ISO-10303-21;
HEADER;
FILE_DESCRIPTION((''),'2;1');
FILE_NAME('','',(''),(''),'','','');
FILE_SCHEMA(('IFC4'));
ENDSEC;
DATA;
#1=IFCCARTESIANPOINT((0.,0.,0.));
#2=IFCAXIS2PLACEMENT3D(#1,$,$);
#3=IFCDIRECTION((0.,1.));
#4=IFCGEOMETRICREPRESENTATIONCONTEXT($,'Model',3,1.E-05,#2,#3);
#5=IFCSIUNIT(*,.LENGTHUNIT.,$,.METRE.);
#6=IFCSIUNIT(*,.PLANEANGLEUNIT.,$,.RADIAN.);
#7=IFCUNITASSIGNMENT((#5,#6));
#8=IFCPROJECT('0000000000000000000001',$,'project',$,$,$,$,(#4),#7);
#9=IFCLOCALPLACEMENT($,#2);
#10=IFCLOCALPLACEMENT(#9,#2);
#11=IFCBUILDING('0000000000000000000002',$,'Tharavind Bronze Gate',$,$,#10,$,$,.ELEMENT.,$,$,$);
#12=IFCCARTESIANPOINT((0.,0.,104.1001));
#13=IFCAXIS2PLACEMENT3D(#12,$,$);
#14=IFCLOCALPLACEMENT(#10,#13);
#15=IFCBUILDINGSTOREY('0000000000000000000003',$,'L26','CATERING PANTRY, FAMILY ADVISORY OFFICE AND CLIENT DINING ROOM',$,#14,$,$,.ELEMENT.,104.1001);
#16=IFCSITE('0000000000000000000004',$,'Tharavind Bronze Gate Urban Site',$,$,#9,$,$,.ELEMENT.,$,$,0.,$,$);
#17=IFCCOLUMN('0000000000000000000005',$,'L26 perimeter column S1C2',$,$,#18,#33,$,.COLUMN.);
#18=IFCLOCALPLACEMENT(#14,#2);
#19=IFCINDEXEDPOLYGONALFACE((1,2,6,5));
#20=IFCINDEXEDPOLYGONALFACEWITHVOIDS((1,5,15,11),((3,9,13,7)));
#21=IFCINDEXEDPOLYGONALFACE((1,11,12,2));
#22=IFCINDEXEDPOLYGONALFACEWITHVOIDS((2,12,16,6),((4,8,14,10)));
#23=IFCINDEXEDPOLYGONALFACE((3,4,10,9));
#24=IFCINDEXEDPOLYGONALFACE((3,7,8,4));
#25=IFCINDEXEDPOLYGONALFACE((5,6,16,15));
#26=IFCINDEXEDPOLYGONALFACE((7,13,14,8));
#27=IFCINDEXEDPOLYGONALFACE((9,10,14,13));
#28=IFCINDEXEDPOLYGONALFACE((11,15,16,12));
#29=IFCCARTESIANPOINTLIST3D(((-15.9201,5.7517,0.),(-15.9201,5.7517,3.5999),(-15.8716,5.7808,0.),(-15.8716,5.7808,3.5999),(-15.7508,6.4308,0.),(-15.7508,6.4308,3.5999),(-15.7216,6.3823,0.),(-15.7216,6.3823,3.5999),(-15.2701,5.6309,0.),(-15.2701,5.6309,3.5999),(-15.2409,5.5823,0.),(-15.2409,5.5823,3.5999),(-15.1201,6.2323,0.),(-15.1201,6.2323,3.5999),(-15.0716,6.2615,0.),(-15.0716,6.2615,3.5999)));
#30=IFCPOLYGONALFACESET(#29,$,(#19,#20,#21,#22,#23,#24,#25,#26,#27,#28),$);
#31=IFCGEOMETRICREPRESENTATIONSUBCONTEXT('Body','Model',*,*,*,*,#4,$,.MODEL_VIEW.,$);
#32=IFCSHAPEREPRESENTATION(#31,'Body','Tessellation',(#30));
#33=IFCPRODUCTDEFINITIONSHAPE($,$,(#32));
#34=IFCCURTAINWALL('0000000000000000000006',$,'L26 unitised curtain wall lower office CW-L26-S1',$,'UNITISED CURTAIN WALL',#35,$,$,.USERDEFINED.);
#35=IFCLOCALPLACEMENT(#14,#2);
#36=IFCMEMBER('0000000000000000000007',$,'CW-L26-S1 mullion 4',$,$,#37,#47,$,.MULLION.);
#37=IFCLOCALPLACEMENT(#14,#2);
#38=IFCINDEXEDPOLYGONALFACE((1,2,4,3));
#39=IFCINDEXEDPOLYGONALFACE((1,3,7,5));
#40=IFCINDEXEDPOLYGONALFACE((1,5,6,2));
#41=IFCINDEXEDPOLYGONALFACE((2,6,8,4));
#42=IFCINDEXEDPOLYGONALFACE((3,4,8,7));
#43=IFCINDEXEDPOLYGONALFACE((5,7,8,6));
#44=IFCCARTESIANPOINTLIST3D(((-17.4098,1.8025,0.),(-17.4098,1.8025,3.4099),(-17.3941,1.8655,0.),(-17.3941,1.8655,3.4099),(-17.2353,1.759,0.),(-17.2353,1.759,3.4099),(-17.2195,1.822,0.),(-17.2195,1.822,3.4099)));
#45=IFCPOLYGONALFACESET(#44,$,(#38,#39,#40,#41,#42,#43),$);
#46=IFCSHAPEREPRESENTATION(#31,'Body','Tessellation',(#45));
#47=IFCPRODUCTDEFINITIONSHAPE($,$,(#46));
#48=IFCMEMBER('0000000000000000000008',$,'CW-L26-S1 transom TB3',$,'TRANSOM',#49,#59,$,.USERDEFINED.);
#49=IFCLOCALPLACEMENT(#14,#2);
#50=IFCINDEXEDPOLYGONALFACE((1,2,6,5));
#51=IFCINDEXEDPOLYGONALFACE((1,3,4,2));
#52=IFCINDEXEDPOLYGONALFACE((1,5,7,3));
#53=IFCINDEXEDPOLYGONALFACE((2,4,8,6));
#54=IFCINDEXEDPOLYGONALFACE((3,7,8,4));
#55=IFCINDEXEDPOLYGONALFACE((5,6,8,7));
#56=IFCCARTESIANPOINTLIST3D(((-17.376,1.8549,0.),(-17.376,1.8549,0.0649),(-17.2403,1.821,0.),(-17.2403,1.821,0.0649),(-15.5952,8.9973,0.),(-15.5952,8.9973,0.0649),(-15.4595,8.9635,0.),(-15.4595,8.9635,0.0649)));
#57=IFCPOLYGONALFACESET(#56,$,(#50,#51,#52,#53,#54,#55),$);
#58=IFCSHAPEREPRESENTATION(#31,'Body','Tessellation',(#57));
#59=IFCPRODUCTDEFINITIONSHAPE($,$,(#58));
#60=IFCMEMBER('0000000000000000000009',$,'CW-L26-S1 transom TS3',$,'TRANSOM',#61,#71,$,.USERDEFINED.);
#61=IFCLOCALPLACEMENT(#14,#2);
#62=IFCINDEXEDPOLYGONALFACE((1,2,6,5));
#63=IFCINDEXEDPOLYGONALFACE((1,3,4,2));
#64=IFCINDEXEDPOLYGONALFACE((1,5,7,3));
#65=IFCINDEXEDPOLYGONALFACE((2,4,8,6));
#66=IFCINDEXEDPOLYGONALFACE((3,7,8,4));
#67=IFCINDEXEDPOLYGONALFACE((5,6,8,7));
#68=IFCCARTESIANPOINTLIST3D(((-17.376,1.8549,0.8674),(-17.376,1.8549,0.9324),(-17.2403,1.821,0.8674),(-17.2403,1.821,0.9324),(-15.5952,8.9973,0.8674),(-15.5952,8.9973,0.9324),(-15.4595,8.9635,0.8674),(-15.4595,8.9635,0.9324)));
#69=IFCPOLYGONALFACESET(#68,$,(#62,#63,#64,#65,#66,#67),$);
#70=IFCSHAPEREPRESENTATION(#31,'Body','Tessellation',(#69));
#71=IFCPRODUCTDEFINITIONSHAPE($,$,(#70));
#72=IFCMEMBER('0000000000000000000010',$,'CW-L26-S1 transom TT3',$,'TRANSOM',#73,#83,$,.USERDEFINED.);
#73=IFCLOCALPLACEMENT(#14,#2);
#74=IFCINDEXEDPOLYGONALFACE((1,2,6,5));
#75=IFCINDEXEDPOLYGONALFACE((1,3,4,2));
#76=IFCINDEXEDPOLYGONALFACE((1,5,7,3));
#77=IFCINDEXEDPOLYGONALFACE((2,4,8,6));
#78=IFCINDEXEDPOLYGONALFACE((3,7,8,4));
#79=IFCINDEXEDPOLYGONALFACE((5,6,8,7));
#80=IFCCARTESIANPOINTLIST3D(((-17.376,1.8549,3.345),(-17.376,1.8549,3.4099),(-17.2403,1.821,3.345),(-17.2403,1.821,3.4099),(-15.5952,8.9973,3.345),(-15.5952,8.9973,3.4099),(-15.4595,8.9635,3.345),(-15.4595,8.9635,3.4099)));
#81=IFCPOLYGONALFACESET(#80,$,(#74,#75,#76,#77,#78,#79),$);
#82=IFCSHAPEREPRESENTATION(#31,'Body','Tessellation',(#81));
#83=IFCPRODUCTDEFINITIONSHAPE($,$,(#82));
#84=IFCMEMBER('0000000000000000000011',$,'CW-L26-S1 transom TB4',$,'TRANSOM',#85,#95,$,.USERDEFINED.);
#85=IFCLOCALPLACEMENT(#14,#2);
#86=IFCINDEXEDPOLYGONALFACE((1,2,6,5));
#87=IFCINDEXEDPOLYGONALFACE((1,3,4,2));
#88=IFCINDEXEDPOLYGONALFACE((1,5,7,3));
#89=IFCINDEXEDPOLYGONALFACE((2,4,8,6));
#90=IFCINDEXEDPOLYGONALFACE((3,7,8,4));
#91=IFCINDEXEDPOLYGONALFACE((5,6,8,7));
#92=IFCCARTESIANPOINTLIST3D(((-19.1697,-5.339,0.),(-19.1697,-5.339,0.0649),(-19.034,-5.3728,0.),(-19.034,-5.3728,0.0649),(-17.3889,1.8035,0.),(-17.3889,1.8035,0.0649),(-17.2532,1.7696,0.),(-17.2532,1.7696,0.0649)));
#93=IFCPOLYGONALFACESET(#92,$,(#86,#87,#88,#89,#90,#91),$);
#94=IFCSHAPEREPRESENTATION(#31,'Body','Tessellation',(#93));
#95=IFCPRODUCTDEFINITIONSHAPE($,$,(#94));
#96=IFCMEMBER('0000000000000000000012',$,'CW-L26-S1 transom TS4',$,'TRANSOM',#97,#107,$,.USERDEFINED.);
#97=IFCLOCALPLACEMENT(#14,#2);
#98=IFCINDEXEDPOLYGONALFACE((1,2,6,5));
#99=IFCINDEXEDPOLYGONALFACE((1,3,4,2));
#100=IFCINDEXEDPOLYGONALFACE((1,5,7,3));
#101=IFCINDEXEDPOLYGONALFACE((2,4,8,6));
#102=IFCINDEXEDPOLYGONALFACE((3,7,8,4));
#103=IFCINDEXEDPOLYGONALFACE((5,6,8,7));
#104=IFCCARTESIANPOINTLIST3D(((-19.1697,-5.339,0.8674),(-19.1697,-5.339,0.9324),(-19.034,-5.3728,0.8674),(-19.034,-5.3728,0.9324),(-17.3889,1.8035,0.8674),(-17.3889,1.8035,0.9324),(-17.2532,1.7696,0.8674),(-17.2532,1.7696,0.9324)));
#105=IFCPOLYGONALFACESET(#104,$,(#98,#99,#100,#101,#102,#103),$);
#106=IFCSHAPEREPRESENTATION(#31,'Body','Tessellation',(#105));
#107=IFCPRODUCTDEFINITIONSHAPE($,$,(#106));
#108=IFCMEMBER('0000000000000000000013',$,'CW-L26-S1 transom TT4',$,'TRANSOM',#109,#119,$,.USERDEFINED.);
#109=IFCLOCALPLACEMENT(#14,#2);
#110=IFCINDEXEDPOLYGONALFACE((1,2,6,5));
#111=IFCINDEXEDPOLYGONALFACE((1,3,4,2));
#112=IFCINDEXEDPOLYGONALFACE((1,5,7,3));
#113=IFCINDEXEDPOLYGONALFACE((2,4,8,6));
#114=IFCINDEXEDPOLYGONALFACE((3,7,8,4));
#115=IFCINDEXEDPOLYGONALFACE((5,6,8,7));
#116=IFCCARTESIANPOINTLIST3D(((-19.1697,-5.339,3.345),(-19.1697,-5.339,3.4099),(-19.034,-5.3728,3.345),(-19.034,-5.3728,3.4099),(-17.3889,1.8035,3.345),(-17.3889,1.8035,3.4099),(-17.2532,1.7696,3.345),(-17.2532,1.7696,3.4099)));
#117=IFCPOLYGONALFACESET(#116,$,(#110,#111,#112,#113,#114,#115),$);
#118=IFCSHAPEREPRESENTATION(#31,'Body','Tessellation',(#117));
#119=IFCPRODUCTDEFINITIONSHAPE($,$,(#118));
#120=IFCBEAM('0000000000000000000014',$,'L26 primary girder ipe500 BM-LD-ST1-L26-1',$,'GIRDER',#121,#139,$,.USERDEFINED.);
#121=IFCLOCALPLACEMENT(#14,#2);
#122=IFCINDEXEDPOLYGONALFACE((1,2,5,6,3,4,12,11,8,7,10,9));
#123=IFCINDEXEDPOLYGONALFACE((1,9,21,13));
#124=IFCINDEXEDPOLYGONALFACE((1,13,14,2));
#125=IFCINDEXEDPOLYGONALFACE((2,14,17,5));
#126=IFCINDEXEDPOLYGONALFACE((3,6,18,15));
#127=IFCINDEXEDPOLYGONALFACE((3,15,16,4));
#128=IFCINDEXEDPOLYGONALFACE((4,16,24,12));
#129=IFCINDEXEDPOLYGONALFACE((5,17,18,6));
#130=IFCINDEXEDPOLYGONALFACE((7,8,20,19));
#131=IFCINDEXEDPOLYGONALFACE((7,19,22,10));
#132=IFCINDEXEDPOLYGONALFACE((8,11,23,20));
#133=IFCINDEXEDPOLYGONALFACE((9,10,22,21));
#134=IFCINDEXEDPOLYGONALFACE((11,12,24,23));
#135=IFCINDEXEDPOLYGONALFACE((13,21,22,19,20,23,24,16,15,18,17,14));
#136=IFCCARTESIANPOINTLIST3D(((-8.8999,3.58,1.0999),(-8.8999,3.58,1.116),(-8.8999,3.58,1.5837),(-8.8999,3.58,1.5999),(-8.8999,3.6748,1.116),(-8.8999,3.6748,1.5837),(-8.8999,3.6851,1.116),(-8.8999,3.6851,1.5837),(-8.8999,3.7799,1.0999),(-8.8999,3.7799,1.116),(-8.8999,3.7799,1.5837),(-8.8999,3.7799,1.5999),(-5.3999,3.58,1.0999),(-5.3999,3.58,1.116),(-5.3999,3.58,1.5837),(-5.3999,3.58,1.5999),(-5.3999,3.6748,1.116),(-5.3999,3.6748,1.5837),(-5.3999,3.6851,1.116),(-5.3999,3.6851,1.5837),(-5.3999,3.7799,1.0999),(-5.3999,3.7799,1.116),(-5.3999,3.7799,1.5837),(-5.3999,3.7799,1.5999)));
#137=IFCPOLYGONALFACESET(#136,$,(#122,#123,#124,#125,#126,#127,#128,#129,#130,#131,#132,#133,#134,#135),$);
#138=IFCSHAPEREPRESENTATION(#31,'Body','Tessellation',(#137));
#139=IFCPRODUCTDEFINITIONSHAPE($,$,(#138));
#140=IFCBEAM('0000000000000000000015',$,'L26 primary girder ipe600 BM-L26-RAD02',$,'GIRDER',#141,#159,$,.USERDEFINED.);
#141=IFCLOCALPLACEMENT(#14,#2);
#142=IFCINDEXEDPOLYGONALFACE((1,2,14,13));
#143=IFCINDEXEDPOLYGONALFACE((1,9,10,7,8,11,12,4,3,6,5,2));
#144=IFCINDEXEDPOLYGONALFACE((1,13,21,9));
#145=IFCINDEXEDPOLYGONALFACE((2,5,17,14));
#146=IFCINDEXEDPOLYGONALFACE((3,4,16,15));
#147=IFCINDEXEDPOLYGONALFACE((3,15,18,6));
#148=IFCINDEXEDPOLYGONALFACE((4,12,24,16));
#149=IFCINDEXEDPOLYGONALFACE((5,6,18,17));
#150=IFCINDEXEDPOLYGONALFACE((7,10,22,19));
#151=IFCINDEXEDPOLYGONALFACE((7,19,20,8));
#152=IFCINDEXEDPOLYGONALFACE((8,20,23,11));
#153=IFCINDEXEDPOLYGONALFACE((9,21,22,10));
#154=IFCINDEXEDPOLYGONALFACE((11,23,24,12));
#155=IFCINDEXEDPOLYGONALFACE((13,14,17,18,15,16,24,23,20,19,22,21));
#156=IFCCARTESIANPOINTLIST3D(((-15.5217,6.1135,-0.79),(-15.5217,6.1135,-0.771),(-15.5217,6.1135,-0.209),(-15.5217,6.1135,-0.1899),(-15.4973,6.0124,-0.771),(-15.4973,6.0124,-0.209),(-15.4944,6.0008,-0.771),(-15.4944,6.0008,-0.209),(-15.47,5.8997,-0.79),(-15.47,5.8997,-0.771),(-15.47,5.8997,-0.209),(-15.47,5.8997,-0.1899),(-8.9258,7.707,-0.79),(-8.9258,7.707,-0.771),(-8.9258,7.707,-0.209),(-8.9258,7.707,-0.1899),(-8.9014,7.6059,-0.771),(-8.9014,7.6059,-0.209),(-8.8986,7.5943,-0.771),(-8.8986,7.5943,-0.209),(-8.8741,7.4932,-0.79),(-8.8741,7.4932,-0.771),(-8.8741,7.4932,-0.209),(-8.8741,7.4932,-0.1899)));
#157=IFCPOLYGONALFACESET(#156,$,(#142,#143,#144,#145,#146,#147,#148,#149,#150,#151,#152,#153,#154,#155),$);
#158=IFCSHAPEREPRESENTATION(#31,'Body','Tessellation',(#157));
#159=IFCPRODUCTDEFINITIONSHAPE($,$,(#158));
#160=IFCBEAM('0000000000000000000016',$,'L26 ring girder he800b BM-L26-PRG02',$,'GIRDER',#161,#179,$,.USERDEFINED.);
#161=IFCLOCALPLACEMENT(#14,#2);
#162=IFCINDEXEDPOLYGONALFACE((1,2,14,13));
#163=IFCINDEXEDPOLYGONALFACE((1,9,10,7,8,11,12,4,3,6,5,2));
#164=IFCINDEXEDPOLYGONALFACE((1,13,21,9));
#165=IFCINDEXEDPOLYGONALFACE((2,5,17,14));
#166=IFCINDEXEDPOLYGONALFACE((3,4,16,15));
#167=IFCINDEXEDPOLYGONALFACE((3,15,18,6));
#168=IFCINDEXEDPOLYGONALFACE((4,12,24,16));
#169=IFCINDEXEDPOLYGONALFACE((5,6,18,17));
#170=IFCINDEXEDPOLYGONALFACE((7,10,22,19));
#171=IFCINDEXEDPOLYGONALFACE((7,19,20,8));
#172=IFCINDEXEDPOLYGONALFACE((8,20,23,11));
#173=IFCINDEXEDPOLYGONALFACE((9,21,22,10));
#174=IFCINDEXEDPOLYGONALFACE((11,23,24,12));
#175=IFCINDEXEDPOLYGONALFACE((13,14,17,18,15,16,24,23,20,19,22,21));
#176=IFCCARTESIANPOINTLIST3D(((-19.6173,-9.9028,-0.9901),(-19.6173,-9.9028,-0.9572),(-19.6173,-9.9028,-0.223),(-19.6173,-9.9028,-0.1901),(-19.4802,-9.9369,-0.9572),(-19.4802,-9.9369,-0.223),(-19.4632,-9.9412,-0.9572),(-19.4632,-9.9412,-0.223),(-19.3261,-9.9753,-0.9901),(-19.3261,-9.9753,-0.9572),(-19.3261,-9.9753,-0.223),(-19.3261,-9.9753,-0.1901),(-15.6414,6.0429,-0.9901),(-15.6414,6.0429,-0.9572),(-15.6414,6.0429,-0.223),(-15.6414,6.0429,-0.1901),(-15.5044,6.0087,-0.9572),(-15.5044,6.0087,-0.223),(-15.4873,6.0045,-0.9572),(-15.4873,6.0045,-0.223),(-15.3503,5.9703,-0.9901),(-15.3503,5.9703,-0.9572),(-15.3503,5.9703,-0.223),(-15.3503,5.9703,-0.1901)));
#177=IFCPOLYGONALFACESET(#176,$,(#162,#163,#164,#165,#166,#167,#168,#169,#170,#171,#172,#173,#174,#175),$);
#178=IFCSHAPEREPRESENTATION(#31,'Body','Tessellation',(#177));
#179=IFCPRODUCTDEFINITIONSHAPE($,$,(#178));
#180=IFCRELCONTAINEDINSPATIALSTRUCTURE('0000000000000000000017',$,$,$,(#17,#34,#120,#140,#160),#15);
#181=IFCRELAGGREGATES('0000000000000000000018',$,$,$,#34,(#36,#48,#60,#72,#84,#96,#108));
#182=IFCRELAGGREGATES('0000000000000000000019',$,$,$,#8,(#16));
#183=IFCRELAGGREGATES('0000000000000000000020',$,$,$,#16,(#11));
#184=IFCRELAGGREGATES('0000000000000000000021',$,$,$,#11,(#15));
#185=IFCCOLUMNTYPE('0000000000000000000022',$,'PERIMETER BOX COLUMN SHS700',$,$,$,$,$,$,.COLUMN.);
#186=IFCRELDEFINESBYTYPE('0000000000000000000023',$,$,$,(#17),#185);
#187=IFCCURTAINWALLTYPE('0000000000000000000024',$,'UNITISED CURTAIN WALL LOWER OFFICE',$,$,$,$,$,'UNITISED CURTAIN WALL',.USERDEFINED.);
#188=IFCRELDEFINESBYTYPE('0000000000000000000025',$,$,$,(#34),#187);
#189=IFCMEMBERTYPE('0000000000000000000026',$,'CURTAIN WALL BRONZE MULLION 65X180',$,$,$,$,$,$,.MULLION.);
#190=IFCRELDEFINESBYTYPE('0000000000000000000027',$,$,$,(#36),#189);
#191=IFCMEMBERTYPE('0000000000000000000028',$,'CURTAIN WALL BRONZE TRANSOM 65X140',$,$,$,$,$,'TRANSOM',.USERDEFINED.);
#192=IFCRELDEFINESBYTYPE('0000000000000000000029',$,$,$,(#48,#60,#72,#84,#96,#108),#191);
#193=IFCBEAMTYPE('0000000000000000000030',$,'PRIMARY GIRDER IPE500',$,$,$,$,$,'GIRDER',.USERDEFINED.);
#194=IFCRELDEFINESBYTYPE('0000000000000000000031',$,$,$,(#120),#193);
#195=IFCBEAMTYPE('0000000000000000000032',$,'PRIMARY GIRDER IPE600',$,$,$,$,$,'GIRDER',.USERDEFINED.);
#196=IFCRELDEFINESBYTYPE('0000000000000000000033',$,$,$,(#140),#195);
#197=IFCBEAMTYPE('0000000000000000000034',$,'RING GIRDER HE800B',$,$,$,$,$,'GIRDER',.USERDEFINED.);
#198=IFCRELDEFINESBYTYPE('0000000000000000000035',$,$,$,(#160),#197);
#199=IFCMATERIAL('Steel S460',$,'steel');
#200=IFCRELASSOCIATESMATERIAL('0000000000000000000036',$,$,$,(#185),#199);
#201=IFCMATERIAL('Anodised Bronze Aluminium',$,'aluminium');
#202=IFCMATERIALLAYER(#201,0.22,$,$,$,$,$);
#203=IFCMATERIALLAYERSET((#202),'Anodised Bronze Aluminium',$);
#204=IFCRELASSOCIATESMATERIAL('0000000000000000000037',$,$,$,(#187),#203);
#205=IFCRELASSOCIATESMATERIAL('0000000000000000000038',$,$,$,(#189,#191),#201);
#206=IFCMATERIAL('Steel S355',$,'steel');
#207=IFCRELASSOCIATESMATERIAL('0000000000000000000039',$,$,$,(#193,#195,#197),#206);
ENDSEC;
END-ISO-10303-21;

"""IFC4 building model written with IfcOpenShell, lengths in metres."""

from ifc_helpers import new_model, si_unit, direction, frame, origin, origin_2d, place, context, subcontext, project, spatial, rectangle, hollow_rectangle, i_section, extrude, material, layer, layer_set, material_profile, profile_set, type_object, element, aggregate, save


model = new_model("IFC4")

# Units and contexts
model_context = context("Model", 3, precision=1e-05, world=origin(), true_north=direction((0.0, 1.0)))
body_context = subcontext(model_context, "Body", "Model", "MODEL_VIEW")
ifc_project = project(units=[si_unit("LENGTHUNIT", "METRE"), si_unit("PLANEANGLEUNIT", "RADIAN")], contexts=[model_context])

# Site, building, storey
site_placement = place(None, origin())
site = spatial("IfcSite", under=ifc_project, at=site_placement, Name="Tharavind Bronze Gate Urban Site", CompositionType="ELEMENT", RefElevation=0.0)
building_placement = place(site_placement, origin())
building = spatial("IfcBuilding", under=site, at=building_placement, Name="Tharavind Bronze Gate", CompositionType="ELEMENT")
storey_placement = place(building_placement, frame((0.0, 0.0, 104.1001)))
storey = spatial("IfcBuildingStorey", under=building, at=storey_placement, Name="L26", Description="CATERING PANTRY, FAMILY ADVISORY OFFICE AND CLIENT DINING ROOM", CompositionType="ELEMENT", Elevation=104.1001)

# Column
ifc_material_1 = material(Name="Steel S460", Category="steel")
ifc_material_profile_1 = material_profile(ifc_material_1, hollow_rectangle(XDim=0.7, YDim=0.7, WallThickness=0.04, at=origin_2d()), Name="SHS700X40")
ifc_profile_set_1 = profile_set([ifc_material_profile_1], Name="Steel S460")
column_type = type_object("IfcColumnType", Name="PERIMETER BOX COLUMN SHS700", PredefinedType="COLUMN", material=ifc_profile_set_1)
column_placement = place(storey_placement, frame((-15.4958, 6.0066, 0.0), z_axis=(0.0, 0.0, 1.0), x_axis=(0.241922, 0.970296, 0.0)))
element("IfcColumn", 1, at=column_placement, inside=storey, type_object=column_type, Name="L26 perimeter column S1C2", PredefinedType="COLUMN", context=body_context, shape_type="SweptSolid", body=[
    extrude(hollow_rectangle(XDim=0.7, YDim=0.7, WallThickness=0.04, at=origin_2d()), origin(), (0.0, 0.0, 1.0), 3.5999),
])

# Curtain wall, members
ifc_material_2 = material(Name="Anodised Bronze Aluminium", Category="aluminium")
ifc_layer_1 = layer(ifc_material_2, 0.22)
ifc_layer_set_1 = layer_set([ifc_layer_1], Name="Anodised Bronze Aluminium")
curtain_wall_type = type_object("IfcCurtainWallType", Name="UNITISED CURTAIN WALL LOWER OFFICE", ElementType="UNITISED CURTAIN WALL", PredefinedType="USERDEFINED", material=ifc_layer_set_1)
curtain_wall_placement = place(storey_placement, origin())
curtain_wall = element("IfcCurtainWall", 2, at=curtain_wall_placement, inside=storey, type_object=curtain_wall_type, Name="L26 unitised curtain wall lower office CW-L26-S1", ObjectType="UNITISED CURTAIN WALL", PredefinedType="USERDEFINED")
member_type_1 = type_object("IfcMemberType", Name="CURTAIN WALL BRONZE MULLION 65X180", PredefinedType="MULLION", material=ifc_material_2)
member_1_placement = place(storey_placement, frame((-17.3147, 1.8123, 0.0), z_axis=(0.0, 0.0, 1.0), x_axis=(-0.241922, -0.970296, 0.0)))
member_1 = element("IfcMember", 3, at=member_1_placement, type_object=member_type_1, Name="CW-L26-S1 mullion 4", PredefinedType="MULLION", context=body_context, shape_type="SweptSolid", body=[
    extrude(rectangle(XDim=0.0649, YDim=0.1799, at=origin_2d()), origin(), (0.0, 0.0, 1.0), 3.4099),
])
member_type_2 = type_object("IfcMemberType", Name="CURTAIN WALL BRONZE TRANSOM 65X140", ElementType="TRANSOM", PredefinedType="USERDEFINED", material=ifc_material_2)
member_2_placement = place(storey_placement, frame((-16.4177, 5.4092, 0.0), z_axis=(0.0, 0.0, 1.0), x_axis=(-0.241922, -0.970296, 0.0)))
member_2 = element("IfcMember", 4, at=member_2_placement, type_object=member_type_2, Name="CW-L26-S1 transom TB3", ObjectType="TRANSOM", PredefinedType="USERDEFINED", context=body_context, shape_type="SweptSolid", body=[
    extrude(rectangle(XDim=7.3611, YDim=0.1399, at=origin_2d()), origin(), (0.0, 0.0, 1.0), 0.0649),
])
member_3_placement = place(storey_placement, frame((-16.4177, 5.4092, 0.8674), z_axis=(0.0, 0.0, 1.0), x_axis=(-0.241922, -0.970296, 0.0)))
member_3 = element("IfcMember", 5, at=member_3_placement, type_object=member_type_2, Name="CW-L26-S1 transom TS3", ObjectType="TRANSOM", PredefinedType="USERDEFINED", context=body_context, shape_type="SweptSolid", body=[
    extrude(rectangle(XDim=7.3611, YDim=0.1399, at=origin_2d()), origin(), (0.0, 0.0, 1.0), 0.0649),
])
member_4_placement = place(storey_placement, frame((-16.4177, 5.4092, 3.345), z_axis=(0.0, 0.0, 1.0), x_axis=(-0.241922, -0.970296, 0.0)))
member_4 = element("IfcMember", 6, at=member_4_placement, type_object=member_type_2, Name="CW-L26-S1 transom TT3", ObjectType="TRANSOM", PredefinedType="USERDEFINED", context=body_context, shape_type="SweptSolid", body=[
    extrude(rectangle(XDim=7.3611, YDim=0.1399, at=origin_2d()), origin(), (0.0, 0.0, 1.0), 0.0649),
])
member_5_placement = place(storey_placement, frame((-18.2114, -1.7847, 0.0), z_axis=(0.0, 0.0, 1.0), x_axis=(-0.241922, -0.970296, 0.0)))
member_5 = element("IfcMember", 7, at=member_5_placement, type_object=member_type_2, Name="CW-L26-S1 transom TB4", ObjectType="TRANSOM", PredefinedType="USERDEFINED", context=body_context, shape_type="SweptSolid", body=[
    extrude(rectangle(XDim=7.3611, YDim=0.1399, at=origin_2d()), origin(), (0.0, 0.0, 1.0), 0.0649),
])
member_6_placement = place(storey_placement, frame((-18.2114, -1.7847, 0.8674), z_axis=(0.0, 0.0, 1.0), x_axis=(-0.241922, -0.970296, 0.0)))
member_6 = element("IfcMember", 8, at=member_6_placement, type_object=member_type_2, Name="CW-L26-S1 transom TS4", ObjectType="TRANSOM", PredefinedType="USERDEFINED", context=body_context, shape_type="SweptSolid", body=[
    extrude(rectangle(XDim=7.3611, YDim=0.1399, at=origin_2d()), origin(), (0.0, 0.0, 1.0), 0.0649),
])
member_7_placement = place(storey_placement, frame((-18.2114, -1.7847, 3.345), z_axis=(0.0, 0.0, 1.0), x_axis=(-0.241922, -0.970296, 0.0)))
member_7 = element("IfcMember", 9, at=member_7_placement, type_object=member_type_2, Name="CW-L26-S1 transom TT4", ObjectType="TRANSOM", PredefinedType="USERDEFINED", context=body_context, shape_type="SweptSolid", body=[
    extrude(rectangle(XDim=7.3611, YDim=0.1399, at=origin_2d()), origin(), (0.0, 0.0, 1.0), 0.0649),
])

# Beams
ifc_material_3 = material(Name="Steel S355", Category="steel")
ifc_material_profile_2 = material_profile(ifc_material_3, i_section(OverallWidth=0.2, OverallDepth=0.5, WebThickness=0.0103, FlangeThickness=0.0161, at=origin_2d()), Name="IPE500")
ifc_profile_set_2 = profile_set([ifc_material_profile_2], Name="Steel S355")
beam_type_1 = type_object("IfcBeamType", Name="PRIMARY GIRDER IPE500", ElementType="GIRDER", PredefinedType="USERDEFINED", material=ifc_profile_set_2)
beam_1_placement = place(storey_placement, frame((-8.8999, 3.6799, 1.3499), z_axis=(1.0, 0.0, 0.0), x_axis=(0.0, 1.0, 0.0)))
element("IfcBeam", 10, at=beam_1_placement, inside=storey, type_object=beam_type_1, Name="L26 primary girder ipe500 BM-LD-ST1-L26-1", ObjectType="GIRDER", PredefinedType="USERDEFINED", context=body_context, shape_type="SweptSolid", body=[
    extrude(i_section(OverallWidth=0.2, OverallDepth=0.5, WebThickness=0.0103, FlangeThickness=0.0161, at=origin_2d()), origin(), (0.0, 0.0, 1.0), 3.5),
])
ifc_material_profile_3 = material_profile(ifc_material_3, i_section(OverallWidth=0.22, OverallDepth=0.6001, WebThickness=0.012, FlangeThickness=0.019, at=origin_2d()), Name="IPE600")
ifc_profile_set_3 = profile_set([ifc_material_profile_3], Name="Steel S355")
beam_type_2 = type_object("IfcBeamType", Name="PRIMARY GIRDER IPE600", ElementType="GIRDER", PredefinedType="USERDEFINED", material=ifc_profile_set_3)
beam_2_placement = place(storey_placement, frame((-15.4958, 6.0066, -0.49), z_axis=(0.972036, 0.234833, 0.0), x_axis=(-0.234833, 0.972036, 0.0)))
element("IfcBeam", 11, at=beam_2_placement, inside=storey, type_object=beam_type_2, Name="L26 primary girder ipe600 BM-L26-RAD02", ObjectType="GIRDER", PredefinedType="USERDEFINED", context=body_context, shape_type="SweptSolid", body=[
    extrude(i_section(OverallWidth=0.22, OverallDepth=0.6001, WebThickness=0.012, FlangeThickness=0.019, at=origin_2d()), origin(), (0.0, 0.0, 1.0), 6.7856),
])
ifc_material_profile_4 = material_profile(ifc_material_3, i_section(OverallWidth=0.3, OverallDepth=0.8, WebThickness=0.0176, FlangeThickness=0.033, at=origin_2d()), Name="HE800B")
ifc_profile_set_4 = profile_set([ifc_material_profile_4], Name="Steel S355")
beam_type_3 = type_object("IfcBeamType", Name="RING GIRDER HE800B", ElementType="GIRDER", PredefinedType="USERDEFINED", material=ifc_profile_set_4)
beam_3_placement = place(storey_placement, frame((-15.4958, 6.0066, -0.5901), z_axis=(-0.241931, -0.970293, 0.0), x_axis=(0.970293, -0.241931, 0.0)))
element("IfcBeam", 12, at=beam_3_placement, inside=storey, type_object=beam_type_3, Name="L26 ring girder he800b BM-L26-PRG02", ObjectType="GIRDER", PredefinedType="USERDEFINED", context=body_context, shape_type="SweptSolid", body=[
    extrude(i_section(OverallWidth=0.3, OverallDepth=0.8, WebThickness=0.0176, FlangeThickness=0.033, at=origin_2d()), origin(), (0.0, 0.0, 1.0), 16.4338),
])

aggregate(curtain_wall, [member_1, member_2, member_3, member_4, member_5, member_6, member_7])

save(model, "model.ifc")
